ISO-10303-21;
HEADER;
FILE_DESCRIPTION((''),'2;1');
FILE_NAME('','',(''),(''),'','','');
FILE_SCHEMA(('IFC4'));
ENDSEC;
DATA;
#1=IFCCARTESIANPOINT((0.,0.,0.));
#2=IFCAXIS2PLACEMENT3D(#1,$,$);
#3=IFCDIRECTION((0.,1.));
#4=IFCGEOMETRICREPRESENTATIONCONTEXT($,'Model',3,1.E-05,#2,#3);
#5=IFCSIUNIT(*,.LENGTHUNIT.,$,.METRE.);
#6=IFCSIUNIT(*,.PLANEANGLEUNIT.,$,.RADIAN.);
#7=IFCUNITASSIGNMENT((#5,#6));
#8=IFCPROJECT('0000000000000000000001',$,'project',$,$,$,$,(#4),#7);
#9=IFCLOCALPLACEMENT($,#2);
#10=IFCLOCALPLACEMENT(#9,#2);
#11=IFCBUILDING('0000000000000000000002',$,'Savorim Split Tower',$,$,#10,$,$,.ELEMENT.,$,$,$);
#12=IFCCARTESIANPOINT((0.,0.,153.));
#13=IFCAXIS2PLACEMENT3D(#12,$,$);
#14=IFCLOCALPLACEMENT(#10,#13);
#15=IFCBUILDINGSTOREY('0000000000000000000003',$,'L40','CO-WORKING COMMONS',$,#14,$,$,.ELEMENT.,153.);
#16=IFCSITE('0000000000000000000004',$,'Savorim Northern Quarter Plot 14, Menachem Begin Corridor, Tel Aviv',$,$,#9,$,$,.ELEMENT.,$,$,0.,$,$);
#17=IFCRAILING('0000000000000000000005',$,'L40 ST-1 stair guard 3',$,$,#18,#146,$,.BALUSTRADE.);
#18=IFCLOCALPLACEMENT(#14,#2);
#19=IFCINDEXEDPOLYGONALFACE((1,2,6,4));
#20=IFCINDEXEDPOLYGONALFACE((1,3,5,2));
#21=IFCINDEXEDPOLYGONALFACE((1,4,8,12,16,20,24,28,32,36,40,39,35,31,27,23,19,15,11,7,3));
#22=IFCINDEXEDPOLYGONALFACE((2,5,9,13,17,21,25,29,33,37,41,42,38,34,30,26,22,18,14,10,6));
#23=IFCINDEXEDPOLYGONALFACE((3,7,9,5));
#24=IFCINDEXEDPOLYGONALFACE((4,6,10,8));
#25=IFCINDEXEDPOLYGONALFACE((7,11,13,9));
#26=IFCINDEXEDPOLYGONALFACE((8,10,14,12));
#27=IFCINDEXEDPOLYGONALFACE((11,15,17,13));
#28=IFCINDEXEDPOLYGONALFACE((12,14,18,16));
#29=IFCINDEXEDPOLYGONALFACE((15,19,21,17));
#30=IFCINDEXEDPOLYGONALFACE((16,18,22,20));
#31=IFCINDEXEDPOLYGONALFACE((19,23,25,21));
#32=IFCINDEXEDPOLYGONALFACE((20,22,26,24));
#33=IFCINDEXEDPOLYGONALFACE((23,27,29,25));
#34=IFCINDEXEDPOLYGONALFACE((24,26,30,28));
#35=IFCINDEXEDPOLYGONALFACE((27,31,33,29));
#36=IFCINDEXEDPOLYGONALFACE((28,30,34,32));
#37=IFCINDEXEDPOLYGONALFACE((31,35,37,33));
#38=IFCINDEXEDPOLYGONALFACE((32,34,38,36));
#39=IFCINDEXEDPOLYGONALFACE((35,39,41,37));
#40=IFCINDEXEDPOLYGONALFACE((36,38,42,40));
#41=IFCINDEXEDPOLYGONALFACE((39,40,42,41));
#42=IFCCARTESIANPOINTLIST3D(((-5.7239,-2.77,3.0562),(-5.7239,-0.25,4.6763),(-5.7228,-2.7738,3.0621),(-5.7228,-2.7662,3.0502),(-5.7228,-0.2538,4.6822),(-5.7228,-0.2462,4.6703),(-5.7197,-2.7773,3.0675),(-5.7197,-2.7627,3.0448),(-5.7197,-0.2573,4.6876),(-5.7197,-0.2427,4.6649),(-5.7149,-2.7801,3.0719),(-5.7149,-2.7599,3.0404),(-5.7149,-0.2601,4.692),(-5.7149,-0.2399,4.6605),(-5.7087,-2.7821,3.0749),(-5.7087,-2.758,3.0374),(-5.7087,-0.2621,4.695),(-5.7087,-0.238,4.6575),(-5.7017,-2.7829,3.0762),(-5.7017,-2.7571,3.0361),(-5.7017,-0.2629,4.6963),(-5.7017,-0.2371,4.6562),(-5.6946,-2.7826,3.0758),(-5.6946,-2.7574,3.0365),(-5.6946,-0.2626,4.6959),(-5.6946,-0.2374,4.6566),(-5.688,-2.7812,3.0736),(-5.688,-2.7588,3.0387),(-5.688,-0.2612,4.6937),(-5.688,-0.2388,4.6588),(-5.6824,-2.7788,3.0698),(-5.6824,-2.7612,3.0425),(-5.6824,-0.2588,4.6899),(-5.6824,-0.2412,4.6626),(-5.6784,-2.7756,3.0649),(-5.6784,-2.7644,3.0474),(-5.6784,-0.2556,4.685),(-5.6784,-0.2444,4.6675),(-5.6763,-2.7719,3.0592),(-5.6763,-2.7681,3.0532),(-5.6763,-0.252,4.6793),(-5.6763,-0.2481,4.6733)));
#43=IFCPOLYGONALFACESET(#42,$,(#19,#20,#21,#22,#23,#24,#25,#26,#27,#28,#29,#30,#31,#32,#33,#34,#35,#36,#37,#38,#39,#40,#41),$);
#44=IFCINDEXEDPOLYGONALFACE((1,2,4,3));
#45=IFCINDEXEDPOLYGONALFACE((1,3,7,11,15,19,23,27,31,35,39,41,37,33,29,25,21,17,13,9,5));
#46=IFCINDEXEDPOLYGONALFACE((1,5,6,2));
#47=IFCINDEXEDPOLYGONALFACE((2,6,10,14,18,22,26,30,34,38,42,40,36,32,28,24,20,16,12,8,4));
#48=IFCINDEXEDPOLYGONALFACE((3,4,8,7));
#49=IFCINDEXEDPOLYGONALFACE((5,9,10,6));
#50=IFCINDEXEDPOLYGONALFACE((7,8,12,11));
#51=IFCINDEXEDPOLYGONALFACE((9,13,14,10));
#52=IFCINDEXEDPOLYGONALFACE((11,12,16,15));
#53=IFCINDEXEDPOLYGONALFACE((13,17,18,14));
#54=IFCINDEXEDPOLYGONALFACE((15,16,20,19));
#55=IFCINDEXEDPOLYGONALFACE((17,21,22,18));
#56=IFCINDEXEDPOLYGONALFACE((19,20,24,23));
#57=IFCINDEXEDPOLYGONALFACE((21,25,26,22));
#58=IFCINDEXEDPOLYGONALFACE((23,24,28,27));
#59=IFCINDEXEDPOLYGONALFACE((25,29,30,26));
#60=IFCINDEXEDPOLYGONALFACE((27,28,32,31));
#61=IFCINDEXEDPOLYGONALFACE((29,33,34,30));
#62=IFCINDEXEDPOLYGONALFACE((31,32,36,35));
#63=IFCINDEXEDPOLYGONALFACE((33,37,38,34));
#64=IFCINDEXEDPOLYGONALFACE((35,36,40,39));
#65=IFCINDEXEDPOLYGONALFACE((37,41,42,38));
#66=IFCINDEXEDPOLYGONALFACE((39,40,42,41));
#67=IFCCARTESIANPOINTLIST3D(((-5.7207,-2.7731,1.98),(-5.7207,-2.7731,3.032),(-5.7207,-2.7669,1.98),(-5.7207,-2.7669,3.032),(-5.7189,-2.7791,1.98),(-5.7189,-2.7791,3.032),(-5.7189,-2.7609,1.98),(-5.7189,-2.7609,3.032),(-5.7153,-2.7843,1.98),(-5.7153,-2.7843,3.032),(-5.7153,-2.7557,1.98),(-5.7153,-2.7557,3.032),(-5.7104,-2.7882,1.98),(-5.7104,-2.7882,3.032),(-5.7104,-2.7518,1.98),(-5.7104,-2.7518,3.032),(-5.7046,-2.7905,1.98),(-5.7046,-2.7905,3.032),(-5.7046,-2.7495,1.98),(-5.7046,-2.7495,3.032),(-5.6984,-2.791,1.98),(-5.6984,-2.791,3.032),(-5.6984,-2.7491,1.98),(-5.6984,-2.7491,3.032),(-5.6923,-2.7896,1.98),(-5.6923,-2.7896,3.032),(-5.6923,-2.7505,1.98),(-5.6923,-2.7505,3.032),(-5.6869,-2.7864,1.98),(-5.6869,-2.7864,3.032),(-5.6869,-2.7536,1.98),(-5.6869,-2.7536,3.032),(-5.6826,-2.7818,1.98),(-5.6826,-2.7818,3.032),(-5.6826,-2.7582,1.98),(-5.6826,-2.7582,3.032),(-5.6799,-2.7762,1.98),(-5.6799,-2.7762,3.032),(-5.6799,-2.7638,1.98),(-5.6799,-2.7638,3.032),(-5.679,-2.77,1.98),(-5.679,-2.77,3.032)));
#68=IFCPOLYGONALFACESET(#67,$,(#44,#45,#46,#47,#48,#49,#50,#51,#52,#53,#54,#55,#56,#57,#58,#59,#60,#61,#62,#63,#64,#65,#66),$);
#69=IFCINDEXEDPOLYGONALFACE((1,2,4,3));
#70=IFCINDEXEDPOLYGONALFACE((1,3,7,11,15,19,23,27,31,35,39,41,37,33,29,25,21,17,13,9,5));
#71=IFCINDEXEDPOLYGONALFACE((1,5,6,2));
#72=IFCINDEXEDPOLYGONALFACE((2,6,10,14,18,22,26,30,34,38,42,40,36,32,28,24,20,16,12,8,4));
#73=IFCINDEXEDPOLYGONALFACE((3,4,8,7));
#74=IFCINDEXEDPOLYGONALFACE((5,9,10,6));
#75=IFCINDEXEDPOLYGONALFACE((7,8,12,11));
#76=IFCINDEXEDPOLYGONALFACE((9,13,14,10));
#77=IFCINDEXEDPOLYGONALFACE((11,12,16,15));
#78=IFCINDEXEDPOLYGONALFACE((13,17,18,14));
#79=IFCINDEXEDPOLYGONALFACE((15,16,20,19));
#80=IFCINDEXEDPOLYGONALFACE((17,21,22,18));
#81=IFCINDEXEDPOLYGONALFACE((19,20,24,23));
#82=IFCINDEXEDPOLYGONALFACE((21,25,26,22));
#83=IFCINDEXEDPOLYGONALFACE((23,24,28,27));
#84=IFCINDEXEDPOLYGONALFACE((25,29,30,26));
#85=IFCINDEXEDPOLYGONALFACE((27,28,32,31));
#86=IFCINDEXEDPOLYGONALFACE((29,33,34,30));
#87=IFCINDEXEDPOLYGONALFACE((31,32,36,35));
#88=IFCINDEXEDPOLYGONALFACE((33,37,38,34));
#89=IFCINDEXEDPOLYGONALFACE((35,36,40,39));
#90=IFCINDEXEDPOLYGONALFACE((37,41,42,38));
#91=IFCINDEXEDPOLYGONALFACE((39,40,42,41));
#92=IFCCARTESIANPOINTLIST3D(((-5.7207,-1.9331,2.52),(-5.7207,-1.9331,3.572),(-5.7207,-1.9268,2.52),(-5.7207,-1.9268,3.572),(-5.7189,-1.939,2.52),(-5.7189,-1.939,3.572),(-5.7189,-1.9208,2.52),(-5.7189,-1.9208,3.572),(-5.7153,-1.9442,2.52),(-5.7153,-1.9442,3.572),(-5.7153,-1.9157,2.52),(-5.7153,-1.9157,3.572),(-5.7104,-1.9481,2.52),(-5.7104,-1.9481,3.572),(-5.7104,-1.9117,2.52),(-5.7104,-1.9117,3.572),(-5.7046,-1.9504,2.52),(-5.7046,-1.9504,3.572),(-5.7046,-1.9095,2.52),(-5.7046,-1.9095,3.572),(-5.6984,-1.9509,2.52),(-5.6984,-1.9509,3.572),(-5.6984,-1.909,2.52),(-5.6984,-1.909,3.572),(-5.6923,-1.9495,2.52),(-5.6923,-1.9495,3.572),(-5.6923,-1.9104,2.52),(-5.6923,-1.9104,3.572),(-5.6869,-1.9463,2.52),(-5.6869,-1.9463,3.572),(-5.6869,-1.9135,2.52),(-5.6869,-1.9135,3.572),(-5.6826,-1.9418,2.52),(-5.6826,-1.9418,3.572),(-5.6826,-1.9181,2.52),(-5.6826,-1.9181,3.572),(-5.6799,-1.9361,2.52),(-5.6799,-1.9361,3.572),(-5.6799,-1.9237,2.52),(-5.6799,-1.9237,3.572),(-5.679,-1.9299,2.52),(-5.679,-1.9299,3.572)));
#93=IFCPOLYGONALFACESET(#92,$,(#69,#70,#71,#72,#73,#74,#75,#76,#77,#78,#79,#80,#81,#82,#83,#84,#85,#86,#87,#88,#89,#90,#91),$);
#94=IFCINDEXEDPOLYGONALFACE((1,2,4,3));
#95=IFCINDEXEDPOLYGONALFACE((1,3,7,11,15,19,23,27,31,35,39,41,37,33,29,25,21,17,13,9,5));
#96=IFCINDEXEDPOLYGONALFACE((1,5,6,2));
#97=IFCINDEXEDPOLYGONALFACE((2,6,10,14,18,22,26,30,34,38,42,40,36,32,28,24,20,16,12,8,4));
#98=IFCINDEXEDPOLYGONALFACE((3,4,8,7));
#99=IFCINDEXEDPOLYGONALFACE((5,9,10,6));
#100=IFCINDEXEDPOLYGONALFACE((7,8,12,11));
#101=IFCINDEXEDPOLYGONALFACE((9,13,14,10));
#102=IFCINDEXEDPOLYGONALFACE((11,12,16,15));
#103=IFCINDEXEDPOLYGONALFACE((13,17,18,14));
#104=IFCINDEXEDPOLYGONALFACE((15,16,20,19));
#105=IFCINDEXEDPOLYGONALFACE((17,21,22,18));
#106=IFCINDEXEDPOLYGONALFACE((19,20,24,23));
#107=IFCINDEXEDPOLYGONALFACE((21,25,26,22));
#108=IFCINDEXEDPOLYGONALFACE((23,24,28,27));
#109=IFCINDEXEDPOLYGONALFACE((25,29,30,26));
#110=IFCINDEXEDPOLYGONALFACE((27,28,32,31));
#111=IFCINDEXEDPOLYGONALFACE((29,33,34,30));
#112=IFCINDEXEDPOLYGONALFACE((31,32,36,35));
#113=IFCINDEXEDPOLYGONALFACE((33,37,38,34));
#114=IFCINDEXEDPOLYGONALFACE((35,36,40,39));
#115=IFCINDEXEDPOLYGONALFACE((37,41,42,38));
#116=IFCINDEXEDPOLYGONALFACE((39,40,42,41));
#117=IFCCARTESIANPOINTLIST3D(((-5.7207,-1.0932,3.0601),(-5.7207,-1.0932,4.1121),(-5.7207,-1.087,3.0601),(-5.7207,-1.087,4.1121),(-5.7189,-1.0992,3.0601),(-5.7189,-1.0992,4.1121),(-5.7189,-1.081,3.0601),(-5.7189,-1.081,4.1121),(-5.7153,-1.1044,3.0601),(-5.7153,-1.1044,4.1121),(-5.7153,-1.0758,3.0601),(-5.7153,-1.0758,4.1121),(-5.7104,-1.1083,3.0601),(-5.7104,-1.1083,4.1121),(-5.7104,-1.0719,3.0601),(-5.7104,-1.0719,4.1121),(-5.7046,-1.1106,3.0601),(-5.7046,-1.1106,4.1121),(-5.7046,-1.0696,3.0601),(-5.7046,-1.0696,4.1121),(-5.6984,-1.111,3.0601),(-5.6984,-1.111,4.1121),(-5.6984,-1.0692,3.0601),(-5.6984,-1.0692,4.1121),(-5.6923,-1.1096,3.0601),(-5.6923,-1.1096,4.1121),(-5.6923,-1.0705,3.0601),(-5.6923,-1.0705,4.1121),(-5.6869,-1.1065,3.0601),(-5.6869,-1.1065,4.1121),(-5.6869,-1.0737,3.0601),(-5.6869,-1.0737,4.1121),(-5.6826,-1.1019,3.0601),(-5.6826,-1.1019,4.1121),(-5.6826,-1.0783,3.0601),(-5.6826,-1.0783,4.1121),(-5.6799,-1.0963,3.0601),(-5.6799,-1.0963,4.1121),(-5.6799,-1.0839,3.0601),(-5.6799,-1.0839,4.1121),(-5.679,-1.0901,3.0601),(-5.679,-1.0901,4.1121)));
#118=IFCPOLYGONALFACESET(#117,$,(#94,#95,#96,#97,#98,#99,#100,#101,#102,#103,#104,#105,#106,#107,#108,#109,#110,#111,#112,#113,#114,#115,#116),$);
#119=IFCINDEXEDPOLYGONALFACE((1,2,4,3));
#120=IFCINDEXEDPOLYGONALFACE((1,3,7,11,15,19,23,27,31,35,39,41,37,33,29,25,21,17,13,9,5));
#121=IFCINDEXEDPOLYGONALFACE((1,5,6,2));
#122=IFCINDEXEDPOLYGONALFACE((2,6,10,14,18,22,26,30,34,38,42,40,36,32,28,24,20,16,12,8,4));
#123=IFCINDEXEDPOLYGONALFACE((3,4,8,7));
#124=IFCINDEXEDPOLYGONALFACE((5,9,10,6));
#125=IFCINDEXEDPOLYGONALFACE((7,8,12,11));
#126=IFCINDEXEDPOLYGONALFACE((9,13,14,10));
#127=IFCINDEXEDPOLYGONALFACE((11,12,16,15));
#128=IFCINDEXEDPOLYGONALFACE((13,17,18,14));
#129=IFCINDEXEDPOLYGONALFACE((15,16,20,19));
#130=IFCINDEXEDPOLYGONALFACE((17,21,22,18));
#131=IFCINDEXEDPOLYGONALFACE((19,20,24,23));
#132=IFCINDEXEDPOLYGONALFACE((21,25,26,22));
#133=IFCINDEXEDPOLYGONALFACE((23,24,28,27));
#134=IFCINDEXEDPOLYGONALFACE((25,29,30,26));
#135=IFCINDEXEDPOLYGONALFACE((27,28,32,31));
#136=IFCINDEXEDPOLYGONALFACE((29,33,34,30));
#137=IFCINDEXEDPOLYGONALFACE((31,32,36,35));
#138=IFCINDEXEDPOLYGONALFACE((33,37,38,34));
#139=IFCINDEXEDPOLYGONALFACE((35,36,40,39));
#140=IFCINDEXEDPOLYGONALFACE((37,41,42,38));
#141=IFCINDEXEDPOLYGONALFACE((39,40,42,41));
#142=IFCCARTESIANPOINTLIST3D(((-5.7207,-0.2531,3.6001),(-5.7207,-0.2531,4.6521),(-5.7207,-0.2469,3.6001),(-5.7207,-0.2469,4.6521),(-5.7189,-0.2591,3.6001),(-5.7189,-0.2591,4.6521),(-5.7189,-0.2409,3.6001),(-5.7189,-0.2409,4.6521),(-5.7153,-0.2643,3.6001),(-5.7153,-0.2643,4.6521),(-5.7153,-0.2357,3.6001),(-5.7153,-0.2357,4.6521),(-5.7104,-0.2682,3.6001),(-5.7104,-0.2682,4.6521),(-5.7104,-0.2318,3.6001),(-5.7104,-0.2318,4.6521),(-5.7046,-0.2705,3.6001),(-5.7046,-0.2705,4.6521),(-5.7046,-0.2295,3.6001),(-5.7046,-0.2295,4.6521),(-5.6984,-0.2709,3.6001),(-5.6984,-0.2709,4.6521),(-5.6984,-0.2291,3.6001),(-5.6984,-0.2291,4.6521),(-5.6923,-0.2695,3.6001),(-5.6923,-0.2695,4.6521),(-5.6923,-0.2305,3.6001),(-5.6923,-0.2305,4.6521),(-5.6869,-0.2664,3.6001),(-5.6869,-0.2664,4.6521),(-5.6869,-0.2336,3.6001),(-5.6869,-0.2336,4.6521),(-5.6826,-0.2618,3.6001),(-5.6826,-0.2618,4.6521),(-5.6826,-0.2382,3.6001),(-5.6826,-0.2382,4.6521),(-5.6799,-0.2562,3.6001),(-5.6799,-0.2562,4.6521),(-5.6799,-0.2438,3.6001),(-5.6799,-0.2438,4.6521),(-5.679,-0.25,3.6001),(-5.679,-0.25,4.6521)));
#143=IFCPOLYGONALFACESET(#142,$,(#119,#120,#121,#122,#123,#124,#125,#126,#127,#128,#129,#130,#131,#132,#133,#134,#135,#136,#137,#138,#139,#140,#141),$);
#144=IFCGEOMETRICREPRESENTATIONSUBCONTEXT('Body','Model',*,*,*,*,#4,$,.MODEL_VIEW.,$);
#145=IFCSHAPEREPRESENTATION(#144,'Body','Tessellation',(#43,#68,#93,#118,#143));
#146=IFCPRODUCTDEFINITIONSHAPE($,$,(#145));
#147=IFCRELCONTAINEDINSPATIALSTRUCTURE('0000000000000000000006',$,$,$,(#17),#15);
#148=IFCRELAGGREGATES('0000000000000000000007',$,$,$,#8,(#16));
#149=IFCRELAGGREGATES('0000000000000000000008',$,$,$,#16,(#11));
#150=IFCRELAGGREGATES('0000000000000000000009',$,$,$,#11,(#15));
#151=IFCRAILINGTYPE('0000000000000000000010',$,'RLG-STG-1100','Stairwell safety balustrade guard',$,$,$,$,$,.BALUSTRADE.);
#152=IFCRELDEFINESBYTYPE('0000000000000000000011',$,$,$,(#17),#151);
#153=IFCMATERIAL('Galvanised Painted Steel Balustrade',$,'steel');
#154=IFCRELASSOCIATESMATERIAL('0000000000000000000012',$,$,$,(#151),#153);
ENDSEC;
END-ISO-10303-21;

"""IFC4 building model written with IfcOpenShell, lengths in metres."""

from ifc_helpers import new_model, si_unit, direction, frame, origin, origin_2d, place, context, subcontext, project, spatial, circle, extrude, material, type_object, element, save


model = new_model("IFC4")

# Units and contexts
model_context = context("Model", 3, precision=1e-05, world=origin(), true_north=direction((0.0, 1.0)))
body_context = subcontext(model_context, "Body", "Model", "MODEL_VIEW")
ifc_project = project(units=[si_unit("LENGTHUNIT", "METRE"), si_unit("PLANEANGLEUNIT", "RADIAN")], contexts=[model_context])

# Site, building, storey
site_placement = place(None, origin())
site = spatial("IfcSite", under=ifc_project, at=site_placement, Name="Savorim Northern Quarter Plot 14, Menachem Begin Corridor, Tel Aviv", CompositionType="ELEMENT", RefElevation=0.0)
building_placement = place(site_placement, origin())
building = spatial("IfcBuilding", under=site, at=building_placement, Name="Savorim Split Tower", CompositionType="ELEMENT")
storey_placement = place(building_placement, frame((0.0, 0.0, 153.0)))
storey = spatial("IfcBuildingStorey", under=building, at=storey_placement, Name="L40", Description="CO-WORKING COMMONS", CompositionType="ELEMENT", Elevation=153.0)

# Railing
ifc_material_1 = material(Name="Galvanised Painted Steel Balustrade", Category="steel")
railing_type_1 = type_object("IfcRailingType", Name="RLG-STG-1100", Description="Stairwell safety balustrade guard", PredefinedType="BALUSTRADE", material=ifc_material_1)
railing_1_placement = place(storey_placement, frame((-5.7, -2.77, 1.98)))
element("IfcRailing", 1, at=railing_1_placement, inside=storey, type_object=railing_type_1, Name="L40 ST-1 stair guard 3", PredefinedType="BALUSTRADE", context=body_context, shape_type="SweptSolid", body=[
    extrude(circle(Radius=0.0239, at=origin_2d()), frame((0.0, 0.0, 1.0762), z_axis=(0.0, 0.841163, 0.540782), x_axis=(-1.0, 0.0, 0.0)), (0.0, 0.0, 1.0), 2.9958),
    extrude(circle(Radius=0.021, at=origin_2d()), origin(), (0.0, 0.0, 1.0), 1.052),
    extrude(circle(Radius=0.021, at=origin_2d()), frame((0.0, 0.8401, 0.54)), (0.0, 0.0, 1.0), 1.052),
    extrude(circle(Radius=0.021, at=origin_2d()), frame((0.0, 1.6799, 1.0801)), (0.0, 0.0, 1.0), 1.052),
    extrude(circle(Radius=0.021, at=origin_2d()), frame((0.0, 2.52, 1.6201)), (0.0, 0.0, 1.0), 1.052),
])

save(model, "model.ifc")
